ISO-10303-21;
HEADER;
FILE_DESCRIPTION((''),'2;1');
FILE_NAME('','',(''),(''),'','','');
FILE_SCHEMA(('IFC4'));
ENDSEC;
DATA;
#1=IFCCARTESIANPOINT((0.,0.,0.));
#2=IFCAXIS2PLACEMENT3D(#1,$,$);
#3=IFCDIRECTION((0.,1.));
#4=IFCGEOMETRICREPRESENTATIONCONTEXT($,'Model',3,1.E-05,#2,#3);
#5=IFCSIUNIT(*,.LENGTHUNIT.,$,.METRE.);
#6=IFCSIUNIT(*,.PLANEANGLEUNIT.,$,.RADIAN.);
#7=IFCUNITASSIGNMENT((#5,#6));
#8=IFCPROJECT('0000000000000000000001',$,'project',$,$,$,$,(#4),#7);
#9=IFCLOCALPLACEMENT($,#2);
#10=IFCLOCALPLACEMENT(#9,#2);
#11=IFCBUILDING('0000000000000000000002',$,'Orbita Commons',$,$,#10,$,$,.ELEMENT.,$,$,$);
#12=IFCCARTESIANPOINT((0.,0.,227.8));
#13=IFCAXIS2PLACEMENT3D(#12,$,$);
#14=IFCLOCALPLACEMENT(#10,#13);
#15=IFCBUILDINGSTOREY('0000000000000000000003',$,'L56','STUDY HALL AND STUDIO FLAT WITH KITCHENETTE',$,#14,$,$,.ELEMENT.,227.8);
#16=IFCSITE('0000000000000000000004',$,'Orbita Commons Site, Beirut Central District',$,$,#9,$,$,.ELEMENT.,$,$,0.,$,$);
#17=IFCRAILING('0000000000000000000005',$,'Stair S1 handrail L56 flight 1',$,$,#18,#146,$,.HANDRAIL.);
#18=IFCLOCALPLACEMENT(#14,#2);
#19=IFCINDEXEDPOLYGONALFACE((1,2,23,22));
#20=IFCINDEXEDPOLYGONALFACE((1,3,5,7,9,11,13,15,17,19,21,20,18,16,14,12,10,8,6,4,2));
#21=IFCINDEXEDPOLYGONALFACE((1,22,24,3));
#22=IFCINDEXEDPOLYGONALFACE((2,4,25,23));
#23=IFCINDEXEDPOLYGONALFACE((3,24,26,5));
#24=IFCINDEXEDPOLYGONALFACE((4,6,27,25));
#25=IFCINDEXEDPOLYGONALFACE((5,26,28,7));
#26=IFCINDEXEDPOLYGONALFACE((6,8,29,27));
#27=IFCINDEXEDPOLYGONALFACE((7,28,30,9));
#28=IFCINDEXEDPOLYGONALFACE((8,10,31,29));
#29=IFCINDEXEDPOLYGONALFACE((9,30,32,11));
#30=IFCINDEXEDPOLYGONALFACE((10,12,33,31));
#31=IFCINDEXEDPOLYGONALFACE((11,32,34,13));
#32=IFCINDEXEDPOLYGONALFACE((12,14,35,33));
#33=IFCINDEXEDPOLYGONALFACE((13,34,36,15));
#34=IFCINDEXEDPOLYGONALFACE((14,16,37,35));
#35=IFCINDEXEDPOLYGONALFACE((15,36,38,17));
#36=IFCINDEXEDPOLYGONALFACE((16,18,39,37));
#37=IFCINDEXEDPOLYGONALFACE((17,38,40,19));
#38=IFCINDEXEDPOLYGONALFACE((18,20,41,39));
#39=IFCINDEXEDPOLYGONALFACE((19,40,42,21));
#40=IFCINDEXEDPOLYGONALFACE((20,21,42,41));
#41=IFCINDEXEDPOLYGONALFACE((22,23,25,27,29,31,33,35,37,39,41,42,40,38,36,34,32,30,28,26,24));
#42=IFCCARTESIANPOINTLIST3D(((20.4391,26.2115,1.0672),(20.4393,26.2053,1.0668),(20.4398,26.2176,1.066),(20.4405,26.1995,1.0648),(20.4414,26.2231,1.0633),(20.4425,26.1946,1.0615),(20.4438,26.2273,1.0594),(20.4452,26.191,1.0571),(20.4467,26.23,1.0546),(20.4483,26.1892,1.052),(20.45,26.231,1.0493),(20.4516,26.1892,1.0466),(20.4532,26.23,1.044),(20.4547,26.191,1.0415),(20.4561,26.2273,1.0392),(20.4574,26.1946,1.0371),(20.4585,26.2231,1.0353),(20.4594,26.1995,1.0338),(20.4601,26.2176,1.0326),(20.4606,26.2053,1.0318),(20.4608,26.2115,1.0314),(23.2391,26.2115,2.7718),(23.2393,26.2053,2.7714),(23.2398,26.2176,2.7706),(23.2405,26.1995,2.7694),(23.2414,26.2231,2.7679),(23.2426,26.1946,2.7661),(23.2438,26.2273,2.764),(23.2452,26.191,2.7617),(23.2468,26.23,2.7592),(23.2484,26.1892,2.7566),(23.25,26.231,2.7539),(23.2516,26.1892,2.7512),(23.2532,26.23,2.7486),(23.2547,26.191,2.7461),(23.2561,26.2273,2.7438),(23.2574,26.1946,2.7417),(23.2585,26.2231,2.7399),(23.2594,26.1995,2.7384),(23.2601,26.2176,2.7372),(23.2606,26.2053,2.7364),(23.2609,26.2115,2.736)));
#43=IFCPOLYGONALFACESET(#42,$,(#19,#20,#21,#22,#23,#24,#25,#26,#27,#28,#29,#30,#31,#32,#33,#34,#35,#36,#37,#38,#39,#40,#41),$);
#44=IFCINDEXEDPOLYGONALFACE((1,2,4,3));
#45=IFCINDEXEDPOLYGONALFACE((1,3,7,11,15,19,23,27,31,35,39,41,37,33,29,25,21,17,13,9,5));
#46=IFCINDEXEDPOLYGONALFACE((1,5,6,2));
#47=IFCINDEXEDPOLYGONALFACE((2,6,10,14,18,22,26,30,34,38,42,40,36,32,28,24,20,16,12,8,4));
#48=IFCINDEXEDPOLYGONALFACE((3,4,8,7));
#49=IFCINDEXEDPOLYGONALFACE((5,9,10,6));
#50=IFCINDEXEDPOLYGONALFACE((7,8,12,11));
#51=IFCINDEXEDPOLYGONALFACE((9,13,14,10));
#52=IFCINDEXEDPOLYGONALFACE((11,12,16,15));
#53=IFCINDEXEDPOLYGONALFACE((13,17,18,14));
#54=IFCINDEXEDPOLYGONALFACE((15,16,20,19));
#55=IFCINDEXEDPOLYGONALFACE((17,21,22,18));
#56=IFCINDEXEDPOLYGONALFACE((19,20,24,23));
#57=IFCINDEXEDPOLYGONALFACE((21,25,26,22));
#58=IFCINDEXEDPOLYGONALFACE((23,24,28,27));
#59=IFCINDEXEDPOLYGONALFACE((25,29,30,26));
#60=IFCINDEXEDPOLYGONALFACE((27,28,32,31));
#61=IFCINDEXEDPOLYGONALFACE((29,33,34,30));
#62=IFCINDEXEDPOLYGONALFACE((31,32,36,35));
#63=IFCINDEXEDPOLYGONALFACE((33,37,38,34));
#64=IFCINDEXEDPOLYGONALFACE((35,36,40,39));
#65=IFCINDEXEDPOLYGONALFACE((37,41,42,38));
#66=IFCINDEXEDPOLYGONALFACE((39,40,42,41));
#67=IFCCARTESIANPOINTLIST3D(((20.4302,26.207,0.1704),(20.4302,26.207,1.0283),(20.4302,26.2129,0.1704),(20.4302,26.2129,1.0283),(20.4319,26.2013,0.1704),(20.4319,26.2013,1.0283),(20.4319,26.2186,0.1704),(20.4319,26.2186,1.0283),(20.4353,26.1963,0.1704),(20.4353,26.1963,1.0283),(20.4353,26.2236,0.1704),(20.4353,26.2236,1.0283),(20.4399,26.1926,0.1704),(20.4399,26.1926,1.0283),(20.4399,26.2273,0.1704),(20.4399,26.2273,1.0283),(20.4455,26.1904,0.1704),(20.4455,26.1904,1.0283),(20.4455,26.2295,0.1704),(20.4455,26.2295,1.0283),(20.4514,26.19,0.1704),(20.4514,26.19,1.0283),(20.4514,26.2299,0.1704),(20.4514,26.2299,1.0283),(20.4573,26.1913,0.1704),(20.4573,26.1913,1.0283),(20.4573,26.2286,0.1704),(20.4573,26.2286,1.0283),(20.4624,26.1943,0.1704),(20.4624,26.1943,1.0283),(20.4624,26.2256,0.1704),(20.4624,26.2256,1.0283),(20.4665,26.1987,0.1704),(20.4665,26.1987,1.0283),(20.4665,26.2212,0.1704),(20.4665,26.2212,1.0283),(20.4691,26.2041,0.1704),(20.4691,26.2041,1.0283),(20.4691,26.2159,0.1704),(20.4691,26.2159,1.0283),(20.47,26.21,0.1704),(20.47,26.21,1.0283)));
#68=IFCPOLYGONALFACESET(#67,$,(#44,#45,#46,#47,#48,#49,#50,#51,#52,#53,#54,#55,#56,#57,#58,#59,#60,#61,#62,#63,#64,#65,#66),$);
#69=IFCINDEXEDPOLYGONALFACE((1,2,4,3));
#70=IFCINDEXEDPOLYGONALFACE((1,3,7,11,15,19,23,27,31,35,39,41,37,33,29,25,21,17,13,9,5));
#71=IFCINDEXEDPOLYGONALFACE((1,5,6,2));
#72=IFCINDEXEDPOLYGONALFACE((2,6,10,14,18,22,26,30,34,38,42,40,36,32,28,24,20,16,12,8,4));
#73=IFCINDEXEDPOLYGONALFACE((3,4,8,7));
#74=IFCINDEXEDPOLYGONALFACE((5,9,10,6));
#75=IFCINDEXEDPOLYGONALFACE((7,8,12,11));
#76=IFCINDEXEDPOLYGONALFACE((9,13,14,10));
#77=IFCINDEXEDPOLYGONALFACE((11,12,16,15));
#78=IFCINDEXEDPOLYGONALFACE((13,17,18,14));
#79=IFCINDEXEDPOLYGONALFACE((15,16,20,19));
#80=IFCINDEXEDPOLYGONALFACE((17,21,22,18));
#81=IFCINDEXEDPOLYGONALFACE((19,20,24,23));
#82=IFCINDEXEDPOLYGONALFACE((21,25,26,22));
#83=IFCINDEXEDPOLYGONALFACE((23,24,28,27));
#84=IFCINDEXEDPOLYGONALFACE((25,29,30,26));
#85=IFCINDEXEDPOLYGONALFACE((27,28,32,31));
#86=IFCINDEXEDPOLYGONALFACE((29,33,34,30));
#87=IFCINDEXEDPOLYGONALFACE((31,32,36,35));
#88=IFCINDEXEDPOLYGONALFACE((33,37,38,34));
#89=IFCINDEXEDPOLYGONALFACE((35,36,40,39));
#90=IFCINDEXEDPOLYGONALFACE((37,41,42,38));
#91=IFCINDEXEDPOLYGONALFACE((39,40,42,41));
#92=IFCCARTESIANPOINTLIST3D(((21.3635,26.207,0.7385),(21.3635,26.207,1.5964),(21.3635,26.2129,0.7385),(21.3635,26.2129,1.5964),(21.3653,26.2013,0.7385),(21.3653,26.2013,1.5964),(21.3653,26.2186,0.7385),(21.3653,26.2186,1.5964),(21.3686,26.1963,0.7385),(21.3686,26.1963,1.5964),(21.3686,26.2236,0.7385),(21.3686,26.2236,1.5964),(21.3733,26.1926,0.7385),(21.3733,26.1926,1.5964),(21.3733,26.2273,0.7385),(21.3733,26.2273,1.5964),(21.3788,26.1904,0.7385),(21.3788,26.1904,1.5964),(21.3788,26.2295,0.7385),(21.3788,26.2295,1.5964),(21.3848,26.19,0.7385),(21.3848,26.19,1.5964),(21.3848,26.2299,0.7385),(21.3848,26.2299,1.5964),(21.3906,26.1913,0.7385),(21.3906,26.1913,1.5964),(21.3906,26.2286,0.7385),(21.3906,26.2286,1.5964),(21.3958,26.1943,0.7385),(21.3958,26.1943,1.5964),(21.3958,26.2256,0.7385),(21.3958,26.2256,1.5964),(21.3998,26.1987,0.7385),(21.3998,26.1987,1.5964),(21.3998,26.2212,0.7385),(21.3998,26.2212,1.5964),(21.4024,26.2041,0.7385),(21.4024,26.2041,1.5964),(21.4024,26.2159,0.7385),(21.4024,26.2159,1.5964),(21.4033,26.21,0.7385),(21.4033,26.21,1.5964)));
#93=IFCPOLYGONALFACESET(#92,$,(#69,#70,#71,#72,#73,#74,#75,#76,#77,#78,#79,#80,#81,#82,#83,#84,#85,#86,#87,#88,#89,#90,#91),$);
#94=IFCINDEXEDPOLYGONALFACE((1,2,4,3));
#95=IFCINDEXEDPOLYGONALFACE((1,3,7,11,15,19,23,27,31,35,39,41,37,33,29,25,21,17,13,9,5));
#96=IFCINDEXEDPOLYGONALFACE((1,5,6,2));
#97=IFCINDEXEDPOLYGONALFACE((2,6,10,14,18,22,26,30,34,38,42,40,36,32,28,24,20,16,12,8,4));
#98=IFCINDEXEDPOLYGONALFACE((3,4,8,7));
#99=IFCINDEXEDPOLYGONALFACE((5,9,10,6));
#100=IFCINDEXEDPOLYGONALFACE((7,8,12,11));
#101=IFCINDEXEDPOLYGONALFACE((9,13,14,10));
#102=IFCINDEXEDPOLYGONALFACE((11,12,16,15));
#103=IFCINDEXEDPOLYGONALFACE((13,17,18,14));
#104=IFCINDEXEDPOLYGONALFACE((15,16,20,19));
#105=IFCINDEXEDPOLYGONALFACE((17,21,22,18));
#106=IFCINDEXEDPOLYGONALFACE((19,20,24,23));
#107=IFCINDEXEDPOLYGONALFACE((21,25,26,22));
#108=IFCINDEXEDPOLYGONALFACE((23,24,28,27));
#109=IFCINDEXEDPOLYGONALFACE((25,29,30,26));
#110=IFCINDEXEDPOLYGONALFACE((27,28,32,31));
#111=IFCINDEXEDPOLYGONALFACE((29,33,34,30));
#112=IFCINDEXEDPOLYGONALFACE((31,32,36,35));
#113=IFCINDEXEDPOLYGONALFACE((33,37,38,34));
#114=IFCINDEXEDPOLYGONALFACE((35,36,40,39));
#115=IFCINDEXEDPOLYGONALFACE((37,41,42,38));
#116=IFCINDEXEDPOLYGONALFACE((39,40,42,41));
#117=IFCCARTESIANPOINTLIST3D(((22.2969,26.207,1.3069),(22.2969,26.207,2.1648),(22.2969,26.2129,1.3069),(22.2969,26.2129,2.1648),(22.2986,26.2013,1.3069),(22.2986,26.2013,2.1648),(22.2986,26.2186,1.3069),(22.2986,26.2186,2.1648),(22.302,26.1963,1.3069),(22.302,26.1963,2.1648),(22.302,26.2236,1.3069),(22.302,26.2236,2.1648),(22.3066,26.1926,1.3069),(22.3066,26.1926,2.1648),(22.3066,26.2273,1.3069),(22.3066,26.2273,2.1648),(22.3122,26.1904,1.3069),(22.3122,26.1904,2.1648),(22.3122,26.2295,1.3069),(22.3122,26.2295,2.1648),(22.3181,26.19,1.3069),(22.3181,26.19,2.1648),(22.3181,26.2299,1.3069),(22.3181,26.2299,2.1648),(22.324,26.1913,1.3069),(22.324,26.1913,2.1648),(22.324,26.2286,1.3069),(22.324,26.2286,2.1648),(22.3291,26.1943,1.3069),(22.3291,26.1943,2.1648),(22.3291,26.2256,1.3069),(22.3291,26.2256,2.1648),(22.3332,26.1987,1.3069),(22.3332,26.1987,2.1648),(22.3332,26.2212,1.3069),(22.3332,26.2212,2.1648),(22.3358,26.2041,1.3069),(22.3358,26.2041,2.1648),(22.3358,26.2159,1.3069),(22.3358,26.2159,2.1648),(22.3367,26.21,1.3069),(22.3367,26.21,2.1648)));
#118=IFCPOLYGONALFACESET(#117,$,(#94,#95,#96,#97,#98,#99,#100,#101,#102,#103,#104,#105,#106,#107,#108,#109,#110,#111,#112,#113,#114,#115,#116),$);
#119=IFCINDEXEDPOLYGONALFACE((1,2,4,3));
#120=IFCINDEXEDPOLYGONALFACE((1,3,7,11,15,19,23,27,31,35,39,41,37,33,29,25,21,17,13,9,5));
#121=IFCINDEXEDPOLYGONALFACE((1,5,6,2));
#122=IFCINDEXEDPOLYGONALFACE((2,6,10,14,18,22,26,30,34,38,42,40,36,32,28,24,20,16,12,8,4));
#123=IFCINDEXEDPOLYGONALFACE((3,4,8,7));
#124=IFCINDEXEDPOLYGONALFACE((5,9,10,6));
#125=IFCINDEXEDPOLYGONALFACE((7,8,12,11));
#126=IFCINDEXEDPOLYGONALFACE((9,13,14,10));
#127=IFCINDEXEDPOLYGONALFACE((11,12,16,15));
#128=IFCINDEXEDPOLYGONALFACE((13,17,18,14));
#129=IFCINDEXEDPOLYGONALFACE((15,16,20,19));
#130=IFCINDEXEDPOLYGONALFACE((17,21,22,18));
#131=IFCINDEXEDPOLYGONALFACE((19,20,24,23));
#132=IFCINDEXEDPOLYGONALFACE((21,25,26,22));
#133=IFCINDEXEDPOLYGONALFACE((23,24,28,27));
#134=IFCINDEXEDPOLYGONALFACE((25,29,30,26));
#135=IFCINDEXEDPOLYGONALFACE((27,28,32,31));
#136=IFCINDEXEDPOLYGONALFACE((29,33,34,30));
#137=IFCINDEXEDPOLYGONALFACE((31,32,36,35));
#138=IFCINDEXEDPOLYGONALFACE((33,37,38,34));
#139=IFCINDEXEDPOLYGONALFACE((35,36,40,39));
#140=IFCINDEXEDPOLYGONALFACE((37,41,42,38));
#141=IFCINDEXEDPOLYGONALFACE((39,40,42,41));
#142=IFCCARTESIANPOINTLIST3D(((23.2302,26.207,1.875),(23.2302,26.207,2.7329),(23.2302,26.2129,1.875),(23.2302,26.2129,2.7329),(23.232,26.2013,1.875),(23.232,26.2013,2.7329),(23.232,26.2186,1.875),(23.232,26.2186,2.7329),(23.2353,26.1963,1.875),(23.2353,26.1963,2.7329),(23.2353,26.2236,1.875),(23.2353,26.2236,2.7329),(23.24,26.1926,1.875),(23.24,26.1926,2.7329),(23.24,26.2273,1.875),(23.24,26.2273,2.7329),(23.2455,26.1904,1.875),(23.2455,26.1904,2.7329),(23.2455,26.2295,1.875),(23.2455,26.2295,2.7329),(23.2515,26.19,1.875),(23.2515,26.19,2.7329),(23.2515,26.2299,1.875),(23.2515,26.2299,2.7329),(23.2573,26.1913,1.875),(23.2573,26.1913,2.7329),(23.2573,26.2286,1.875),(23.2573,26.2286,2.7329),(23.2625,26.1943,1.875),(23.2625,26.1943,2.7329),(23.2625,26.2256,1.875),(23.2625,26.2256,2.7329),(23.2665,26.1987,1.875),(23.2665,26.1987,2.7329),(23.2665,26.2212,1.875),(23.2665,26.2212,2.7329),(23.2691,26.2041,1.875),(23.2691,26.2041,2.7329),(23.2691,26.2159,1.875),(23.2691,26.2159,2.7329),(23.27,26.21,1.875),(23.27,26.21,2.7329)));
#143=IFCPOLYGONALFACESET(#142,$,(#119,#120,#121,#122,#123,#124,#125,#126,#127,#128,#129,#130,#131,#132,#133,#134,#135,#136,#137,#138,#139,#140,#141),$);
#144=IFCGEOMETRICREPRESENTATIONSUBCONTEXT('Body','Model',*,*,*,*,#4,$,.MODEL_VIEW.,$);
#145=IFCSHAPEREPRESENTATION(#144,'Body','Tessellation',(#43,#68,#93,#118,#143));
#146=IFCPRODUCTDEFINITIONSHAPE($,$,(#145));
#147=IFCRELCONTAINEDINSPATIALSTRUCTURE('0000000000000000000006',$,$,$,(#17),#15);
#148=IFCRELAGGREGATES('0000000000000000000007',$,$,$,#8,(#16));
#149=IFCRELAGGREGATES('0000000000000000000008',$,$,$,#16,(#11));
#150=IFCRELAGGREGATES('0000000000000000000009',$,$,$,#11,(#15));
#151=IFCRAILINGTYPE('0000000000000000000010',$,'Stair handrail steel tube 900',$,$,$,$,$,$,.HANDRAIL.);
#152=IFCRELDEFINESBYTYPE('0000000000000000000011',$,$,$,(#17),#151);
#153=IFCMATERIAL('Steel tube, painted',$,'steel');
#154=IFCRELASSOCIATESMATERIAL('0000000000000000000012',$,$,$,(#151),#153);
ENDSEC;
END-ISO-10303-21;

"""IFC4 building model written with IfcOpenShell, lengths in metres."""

from ifc_helpers import new_model, si_unit, direction, frame, origin, origin_2d, place, context, subcontext, project, spatial, circle, extrude, material, type_object, element, save


model = new_model("IFC4")

# Units and contexts
model_context = context("Model", 3, precision=1e-05, world=origin(), true_north=direction((0.0, 1.0)))
body_context = subcontext(model_context, "Body", "Model", "MODEL_VIEW")
ifc_project = project(units=[si_unit("LENGTHUNIT", "METRE"), si_unit("PLANEANGLEUNIT", "RADIAN")], contexts=[model_context])

# Site, building, storey
site_placement = place(None, origin())
site = spatial("IfcSite", under=ifc_project, at=site_placement, Name="Orbita Commons Site, Beirut Central District", CompositionType="ELEMENT", RefElevation=0.0)
building_placement = place(site_placement, origin())
building = spatial("IfcBuilding", under=site, at=building_placement, Name="Orbita Commons", CompositionType="ELEMENT")
storey_placement = place(building_placement, frame((0.0, 0.0, 227.8)))
storey = spatial("IfcBuildingStorey", under=building, at=storey_placement, Name="L56", Description="STUDY HALL AND STUDIO FLAT WITH KITCHENETTE", CompositionType="ELEMENT", Elevation=227.8)

# Railing
ifc_material_1 = material(Name="Steel tube, painted", Category="steel")
railing_type = type_object("IfcRailingType", Name="Stair handrail steel tube 900", PredefinedType="HANDRAIL", material=ifc_material_1)
for number, where, name in (
    (1, (20.45, 26.21, 0.1704), "Stair S1 handrail L56 flight 1"),
):
    element("IfcRailing", number, at=place(storey_placement, frame(where)), inside=storey, type_object=railing_type, Name=name, PredefinedType="HANDRAIL", context=body_context, shape_type="SweptSolid", body=[
        extrude(circle(Radius=0.021, at=origin_2d()), frame((0.0, 0.0, 0.8789), z_axis=(0.85417, 0.0, 0.519994), x_axis=(0.0, 1.0, 0.0)), (0.0, 0.0, 1.0), 3.2781),
        extrude(circle(Radius=0.02, at=origin_2d()), origin(), (0.0, 0.0, 1.0), 0.8579),
        extrude(circle(Radius=0.02, at=origin_2d()), frame((0.9333, 0.0, 0.5681)), (0.0, 0.0, 1.0), 0.8579),
        extrude(circle(Radius=0.02, at=origin_2d()), frame((1.8667, 0.0, 1.1365)), (0.0, 0.0, 1.0), 0.8579),
        extrude(circle(Radius=0.02, at=origin_2d()), frame((2.8, 0.0, 1.7046)), (0.0, 0.0, 1.0), 0.8579),
    ])

save(model, "model.ifc")
